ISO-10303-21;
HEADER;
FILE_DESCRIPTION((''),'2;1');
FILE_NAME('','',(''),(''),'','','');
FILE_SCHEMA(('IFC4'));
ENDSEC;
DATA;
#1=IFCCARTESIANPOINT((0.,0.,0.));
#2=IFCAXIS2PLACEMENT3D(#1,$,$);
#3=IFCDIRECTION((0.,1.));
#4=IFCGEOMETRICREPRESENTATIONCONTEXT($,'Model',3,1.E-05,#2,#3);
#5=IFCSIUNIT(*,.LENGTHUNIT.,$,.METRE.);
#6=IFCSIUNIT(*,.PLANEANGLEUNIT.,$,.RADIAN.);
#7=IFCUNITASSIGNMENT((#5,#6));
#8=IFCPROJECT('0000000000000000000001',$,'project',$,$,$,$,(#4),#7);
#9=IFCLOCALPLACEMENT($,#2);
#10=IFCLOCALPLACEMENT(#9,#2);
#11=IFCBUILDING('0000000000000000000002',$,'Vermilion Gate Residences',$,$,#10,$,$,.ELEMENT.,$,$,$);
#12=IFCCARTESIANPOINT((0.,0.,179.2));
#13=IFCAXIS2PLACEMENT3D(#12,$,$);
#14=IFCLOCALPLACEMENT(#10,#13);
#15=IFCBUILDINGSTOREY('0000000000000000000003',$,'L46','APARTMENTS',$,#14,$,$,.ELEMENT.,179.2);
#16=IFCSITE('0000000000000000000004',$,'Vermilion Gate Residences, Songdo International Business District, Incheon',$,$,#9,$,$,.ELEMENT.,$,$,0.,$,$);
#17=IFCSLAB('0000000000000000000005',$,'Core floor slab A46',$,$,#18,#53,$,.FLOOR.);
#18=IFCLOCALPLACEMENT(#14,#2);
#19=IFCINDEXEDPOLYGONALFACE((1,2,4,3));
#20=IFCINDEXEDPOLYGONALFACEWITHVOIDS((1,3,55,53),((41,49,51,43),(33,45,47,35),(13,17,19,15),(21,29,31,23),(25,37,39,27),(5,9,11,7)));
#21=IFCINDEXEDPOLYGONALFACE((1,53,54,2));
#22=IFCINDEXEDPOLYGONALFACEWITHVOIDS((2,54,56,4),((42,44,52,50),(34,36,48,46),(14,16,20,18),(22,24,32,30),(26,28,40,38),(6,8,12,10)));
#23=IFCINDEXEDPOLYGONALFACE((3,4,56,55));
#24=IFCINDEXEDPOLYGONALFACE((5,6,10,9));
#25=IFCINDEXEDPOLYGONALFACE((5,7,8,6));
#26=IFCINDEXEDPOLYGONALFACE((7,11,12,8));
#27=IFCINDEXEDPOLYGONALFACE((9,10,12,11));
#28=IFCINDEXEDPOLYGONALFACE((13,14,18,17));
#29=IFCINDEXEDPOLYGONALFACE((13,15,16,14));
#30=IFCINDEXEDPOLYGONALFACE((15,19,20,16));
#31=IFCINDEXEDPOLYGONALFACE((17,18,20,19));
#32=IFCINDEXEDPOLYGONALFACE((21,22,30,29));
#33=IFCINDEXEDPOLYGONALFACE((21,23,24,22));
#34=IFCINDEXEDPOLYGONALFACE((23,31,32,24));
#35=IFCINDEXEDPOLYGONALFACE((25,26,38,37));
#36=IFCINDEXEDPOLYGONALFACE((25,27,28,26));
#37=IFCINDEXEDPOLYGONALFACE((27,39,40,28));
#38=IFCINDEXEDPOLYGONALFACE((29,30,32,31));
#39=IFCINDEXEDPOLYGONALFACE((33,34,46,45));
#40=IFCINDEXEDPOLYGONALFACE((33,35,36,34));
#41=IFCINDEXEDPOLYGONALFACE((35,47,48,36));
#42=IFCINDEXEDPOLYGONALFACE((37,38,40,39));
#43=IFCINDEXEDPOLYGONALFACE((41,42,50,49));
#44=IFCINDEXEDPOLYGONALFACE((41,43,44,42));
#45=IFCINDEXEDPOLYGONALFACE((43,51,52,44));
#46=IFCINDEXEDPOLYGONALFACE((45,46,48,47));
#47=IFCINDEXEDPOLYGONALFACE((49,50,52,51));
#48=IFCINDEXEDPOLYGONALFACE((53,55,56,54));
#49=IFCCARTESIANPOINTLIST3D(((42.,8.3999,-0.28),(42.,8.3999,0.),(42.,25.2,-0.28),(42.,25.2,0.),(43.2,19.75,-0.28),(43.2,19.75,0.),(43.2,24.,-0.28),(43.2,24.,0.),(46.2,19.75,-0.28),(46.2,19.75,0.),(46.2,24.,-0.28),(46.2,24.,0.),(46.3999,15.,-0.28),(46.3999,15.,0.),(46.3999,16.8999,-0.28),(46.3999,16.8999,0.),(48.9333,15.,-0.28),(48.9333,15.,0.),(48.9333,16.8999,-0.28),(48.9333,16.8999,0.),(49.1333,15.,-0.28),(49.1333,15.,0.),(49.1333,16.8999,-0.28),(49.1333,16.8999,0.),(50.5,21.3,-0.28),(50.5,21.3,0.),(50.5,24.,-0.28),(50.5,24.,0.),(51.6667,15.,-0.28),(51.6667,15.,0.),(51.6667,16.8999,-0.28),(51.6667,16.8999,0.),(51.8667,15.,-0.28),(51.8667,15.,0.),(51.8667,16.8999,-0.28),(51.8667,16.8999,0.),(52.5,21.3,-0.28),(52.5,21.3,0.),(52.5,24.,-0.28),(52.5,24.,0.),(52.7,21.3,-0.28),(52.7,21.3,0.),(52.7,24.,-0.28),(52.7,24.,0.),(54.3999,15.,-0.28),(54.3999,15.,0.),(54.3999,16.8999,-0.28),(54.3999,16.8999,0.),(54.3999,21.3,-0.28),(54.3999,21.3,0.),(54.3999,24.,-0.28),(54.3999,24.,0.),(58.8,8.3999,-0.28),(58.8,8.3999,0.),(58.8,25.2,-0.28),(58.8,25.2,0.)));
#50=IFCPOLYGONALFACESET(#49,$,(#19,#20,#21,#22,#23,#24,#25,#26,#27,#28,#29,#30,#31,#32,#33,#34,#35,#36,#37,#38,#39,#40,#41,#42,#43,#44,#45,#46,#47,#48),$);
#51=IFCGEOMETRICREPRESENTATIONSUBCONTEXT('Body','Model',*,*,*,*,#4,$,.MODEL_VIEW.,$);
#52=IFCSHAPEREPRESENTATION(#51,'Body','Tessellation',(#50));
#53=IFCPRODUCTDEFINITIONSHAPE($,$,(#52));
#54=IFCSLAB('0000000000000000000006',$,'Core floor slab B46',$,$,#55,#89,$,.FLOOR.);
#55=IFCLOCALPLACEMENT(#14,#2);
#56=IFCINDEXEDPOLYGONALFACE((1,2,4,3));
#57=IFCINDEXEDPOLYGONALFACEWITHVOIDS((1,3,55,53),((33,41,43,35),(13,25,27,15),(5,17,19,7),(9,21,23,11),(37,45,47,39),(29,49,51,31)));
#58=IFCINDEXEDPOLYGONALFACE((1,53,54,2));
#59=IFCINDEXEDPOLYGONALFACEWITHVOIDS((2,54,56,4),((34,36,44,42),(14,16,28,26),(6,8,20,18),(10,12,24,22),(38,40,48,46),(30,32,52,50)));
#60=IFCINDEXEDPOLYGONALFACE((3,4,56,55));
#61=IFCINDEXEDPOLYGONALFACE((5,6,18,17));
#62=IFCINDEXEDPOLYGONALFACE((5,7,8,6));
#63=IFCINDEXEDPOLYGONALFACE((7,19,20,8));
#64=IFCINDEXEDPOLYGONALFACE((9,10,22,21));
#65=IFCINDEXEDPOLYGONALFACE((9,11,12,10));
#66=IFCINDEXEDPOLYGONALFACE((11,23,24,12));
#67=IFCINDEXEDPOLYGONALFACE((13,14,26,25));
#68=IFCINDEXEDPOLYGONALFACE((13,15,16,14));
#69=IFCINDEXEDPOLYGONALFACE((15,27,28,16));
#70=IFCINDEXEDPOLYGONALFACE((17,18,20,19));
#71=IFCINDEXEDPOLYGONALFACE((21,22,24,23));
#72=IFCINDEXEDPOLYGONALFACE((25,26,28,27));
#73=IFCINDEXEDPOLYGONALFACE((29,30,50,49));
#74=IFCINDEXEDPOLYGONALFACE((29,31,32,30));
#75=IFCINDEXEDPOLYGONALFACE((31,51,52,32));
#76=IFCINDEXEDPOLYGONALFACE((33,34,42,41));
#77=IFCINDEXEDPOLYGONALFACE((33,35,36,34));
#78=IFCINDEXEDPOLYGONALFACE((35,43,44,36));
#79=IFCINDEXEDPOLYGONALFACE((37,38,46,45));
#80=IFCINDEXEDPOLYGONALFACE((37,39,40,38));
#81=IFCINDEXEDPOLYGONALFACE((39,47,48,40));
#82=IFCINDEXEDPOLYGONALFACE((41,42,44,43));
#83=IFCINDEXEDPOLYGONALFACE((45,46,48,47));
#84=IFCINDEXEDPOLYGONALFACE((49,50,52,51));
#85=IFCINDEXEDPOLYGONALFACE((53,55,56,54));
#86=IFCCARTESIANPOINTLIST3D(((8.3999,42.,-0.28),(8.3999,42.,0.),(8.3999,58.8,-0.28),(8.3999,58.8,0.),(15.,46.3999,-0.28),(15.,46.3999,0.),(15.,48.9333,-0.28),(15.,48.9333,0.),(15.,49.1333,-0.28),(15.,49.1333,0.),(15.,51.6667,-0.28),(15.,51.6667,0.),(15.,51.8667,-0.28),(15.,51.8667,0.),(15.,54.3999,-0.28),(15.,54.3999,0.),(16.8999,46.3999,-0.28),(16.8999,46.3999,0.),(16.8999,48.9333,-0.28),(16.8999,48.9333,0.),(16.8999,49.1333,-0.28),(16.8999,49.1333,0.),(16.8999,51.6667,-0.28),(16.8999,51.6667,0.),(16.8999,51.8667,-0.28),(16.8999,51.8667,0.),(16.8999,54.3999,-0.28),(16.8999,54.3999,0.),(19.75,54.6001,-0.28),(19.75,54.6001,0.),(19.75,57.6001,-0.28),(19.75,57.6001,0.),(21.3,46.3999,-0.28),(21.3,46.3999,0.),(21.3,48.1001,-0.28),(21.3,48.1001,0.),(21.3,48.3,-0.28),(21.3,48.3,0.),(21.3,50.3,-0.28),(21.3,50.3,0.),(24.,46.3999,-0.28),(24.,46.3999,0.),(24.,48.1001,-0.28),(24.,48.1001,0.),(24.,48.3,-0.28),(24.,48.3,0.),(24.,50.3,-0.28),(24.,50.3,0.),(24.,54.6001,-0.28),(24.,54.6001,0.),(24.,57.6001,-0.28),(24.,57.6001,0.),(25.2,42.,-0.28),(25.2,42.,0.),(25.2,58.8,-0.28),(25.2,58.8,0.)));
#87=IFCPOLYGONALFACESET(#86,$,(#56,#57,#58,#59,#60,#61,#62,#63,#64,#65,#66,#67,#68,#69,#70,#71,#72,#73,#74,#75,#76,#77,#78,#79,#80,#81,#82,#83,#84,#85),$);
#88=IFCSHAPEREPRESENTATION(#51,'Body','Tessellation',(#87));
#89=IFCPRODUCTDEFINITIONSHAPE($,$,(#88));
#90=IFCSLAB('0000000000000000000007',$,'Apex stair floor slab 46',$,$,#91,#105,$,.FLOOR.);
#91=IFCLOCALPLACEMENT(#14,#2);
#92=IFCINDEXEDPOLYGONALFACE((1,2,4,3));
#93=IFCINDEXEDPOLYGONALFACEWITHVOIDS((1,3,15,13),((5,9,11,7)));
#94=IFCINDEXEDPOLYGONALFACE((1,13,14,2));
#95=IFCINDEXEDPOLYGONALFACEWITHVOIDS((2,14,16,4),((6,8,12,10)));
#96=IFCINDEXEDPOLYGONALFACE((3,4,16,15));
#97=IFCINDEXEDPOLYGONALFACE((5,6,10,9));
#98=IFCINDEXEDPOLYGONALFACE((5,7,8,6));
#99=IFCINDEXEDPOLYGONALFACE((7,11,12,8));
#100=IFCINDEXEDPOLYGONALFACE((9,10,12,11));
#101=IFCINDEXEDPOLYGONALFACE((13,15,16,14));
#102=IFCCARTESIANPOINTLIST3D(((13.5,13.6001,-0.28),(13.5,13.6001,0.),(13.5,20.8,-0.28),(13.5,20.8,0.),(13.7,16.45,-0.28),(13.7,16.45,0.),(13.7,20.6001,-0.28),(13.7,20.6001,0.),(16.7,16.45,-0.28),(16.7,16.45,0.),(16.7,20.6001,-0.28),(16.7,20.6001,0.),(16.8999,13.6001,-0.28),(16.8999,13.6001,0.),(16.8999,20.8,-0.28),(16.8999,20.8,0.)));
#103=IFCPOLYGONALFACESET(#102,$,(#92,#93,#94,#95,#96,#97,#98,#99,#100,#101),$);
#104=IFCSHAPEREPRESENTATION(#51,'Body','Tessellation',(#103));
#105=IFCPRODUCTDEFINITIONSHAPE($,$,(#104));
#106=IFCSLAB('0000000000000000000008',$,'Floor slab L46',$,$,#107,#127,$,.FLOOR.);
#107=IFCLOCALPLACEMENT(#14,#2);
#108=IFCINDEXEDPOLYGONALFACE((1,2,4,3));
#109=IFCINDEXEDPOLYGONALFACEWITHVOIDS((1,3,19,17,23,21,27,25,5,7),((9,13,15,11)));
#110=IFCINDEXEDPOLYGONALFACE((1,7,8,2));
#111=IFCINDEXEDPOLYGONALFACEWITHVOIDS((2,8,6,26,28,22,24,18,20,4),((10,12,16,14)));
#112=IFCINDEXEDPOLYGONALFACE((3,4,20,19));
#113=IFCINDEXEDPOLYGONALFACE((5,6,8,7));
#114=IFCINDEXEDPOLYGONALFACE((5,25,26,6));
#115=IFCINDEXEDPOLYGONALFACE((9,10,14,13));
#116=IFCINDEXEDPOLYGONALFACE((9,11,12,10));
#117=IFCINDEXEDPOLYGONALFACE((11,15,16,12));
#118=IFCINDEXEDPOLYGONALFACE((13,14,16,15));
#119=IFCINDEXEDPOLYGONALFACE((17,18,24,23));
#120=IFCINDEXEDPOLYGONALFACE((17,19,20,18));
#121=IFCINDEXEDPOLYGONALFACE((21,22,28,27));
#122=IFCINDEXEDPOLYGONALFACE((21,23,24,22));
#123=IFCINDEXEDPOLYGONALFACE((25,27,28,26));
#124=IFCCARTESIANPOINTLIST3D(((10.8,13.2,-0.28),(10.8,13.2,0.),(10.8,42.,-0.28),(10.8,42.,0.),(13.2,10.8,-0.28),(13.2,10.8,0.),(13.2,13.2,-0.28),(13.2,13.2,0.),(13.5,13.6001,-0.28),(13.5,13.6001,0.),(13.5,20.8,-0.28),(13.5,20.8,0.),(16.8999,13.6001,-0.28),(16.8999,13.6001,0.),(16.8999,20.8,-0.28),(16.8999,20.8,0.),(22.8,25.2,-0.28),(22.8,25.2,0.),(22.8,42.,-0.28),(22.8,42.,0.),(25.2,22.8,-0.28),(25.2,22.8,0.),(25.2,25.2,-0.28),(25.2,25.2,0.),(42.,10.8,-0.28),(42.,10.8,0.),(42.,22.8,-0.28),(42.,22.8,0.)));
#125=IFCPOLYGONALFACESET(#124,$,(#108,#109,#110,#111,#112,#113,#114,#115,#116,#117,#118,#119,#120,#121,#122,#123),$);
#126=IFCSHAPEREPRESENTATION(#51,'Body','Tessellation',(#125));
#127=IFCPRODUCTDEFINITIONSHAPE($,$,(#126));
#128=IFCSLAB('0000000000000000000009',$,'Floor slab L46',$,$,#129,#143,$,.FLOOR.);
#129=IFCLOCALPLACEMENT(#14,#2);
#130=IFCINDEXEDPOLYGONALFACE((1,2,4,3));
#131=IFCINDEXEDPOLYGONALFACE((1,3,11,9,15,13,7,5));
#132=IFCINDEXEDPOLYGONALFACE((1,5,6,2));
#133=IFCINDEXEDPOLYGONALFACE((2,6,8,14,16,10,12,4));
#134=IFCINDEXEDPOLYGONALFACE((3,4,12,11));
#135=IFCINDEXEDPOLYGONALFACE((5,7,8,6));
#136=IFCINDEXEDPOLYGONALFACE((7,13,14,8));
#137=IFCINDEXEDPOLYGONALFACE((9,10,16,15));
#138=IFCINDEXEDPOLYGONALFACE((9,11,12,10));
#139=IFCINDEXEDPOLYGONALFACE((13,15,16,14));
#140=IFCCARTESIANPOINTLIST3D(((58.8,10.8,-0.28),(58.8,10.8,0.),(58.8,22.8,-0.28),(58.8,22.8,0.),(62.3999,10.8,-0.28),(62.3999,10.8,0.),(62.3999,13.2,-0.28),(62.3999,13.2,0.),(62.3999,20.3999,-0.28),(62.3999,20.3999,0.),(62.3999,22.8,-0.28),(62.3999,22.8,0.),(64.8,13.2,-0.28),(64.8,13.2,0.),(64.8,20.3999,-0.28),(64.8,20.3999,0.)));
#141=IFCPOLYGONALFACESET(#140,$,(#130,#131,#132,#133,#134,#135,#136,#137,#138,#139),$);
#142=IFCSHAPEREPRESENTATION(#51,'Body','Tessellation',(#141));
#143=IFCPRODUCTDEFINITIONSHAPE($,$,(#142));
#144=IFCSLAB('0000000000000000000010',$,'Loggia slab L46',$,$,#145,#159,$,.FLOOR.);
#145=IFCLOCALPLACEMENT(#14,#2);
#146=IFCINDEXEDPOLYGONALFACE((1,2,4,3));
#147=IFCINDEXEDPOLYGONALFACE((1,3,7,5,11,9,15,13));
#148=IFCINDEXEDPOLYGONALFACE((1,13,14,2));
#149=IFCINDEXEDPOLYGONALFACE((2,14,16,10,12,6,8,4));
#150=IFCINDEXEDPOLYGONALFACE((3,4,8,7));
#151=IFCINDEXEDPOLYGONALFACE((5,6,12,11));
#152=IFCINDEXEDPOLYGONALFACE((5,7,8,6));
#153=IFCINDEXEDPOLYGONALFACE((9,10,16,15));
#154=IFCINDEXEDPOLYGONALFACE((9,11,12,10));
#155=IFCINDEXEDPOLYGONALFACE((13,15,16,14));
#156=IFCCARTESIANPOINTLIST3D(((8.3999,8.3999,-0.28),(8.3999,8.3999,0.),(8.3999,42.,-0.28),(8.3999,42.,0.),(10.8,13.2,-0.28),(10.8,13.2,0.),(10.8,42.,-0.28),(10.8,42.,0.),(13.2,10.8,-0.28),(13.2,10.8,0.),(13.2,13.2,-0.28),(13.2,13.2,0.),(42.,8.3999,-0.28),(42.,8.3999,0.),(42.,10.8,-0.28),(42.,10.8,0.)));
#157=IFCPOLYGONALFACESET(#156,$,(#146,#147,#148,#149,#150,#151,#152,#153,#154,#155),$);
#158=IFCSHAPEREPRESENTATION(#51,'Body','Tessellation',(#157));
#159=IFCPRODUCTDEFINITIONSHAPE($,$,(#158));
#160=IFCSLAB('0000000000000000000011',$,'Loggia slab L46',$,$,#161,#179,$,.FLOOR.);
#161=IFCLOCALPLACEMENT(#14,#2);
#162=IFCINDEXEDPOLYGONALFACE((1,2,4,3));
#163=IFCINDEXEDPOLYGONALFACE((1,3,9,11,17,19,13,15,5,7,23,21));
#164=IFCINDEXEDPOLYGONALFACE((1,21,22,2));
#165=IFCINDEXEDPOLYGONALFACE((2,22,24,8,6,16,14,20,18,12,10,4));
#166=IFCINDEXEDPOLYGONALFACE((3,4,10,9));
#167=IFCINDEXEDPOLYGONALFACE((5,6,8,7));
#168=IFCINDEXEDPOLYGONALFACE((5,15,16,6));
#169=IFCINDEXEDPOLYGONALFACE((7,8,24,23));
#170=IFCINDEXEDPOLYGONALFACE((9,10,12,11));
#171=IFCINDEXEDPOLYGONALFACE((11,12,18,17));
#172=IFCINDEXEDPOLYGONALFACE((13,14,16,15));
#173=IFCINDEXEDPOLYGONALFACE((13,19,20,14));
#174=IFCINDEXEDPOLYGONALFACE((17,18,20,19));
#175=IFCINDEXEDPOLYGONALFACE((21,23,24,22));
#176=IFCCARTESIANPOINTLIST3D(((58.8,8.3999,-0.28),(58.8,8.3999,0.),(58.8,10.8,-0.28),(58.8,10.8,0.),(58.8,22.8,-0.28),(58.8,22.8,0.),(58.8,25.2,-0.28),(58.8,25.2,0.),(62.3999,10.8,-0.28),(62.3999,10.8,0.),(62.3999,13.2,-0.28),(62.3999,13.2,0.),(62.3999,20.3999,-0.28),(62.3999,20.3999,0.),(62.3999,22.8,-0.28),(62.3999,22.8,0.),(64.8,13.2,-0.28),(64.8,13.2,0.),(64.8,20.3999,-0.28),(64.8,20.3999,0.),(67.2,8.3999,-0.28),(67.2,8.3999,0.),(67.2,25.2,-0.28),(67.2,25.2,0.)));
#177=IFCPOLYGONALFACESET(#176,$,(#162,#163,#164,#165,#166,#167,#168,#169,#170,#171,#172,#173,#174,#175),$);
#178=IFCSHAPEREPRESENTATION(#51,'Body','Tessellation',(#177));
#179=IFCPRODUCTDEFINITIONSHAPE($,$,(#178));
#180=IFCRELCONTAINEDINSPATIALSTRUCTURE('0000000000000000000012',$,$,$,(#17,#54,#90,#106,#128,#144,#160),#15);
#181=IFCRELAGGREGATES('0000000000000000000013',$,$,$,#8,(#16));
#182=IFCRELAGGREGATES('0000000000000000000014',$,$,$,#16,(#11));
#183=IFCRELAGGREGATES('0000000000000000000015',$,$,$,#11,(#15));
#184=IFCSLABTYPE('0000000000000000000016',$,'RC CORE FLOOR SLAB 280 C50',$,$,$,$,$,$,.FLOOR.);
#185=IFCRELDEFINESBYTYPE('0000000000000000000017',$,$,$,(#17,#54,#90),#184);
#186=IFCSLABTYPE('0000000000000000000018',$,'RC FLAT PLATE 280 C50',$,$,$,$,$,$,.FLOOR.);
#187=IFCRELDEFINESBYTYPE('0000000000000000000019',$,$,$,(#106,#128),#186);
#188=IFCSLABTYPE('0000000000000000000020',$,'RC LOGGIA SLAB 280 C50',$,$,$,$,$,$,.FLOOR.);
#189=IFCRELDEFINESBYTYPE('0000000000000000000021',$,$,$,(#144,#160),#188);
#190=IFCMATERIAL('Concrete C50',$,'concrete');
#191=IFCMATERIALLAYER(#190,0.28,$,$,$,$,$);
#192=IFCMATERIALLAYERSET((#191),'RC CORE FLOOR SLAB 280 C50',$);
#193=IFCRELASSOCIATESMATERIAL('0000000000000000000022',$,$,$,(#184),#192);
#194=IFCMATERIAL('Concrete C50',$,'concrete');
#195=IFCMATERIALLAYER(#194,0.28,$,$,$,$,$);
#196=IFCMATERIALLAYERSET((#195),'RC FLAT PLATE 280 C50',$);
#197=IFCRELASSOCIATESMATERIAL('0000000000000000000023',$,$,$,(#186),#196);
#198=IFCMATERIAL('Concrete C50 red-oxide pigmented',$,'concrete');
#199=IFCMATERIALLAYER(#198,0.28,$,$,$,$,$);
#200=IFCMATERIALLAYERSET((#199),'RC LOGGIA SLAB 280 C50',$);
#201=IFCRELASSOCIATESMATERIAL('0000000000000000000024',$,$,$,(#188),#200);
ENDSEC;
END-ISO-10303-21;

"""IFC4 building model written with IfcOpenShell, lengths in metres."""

from ifc_helpers import new_model, si_unit, direction, frame, origin, place, context, subcontext, project, spatial, polyline, outline, extrude, material, layer, layer_set, type_object, element, save


model = new_model("IFC4")

# Units and contexts
model_context = context("Model", 3, precision=1e-05, world=origin(), true_north=direction((0.0, 1.0)))
body_context = subcontext(model_context, "Body", "Model", "MODEL_VIEW")
ifc_project = project(units=[si_unit("LENGTHUNIT", "METRE"), si_unit("PLANEANGLEUNIT", "RADIAN")], contexts=[model_context])

# Site, building, storey
site_placement = place(None, origin())
site = spatial("IfcSite", under=ifc_project, at=site_placement, Name="Vermilion Gate Residences, Songdo International Business District, Incheon", CompositionType="ELEMENT", RefElevation=0.0)
building_placement = place(site_placement, origin())
building = spatial("IfcBuilding", under=site, at=building_placement, Name="Vermilion Gate Residences", CompositionType="ELEMENT")
storey_placement = place(building_placement, frame((0.0, 0.0, 179.2)))
storey = spatial("IfcBuildingStorey", under=building, at=storey_placement, Name="L46", Description="APARTMENTS", CompositionType="ELEMENT", Elevation=179.2)

# Slabs
ifc_material_1 = material(Name="Concrete C50", Category="concrete")
ifc_layer_1 = layer(ifc_material_1, 0.28)
ifc_layer_set_1 = layer_set([ifc_layer_1], Name="RC CORE FLOOR SLAB 280 C50")
slab_type_1 = type_object("IfcSlabType", Name="RC CORE FLOOR SLAB 280 C50", PredefinedType="FLOOR", material=ifc_layer_set_1)
slab_1_placement = place(storey_placement, frame((0.0, 0.0, -0.28)))
element("IfcSlab", 1, at=slab_1_placement, inside=storey, type_object=slab_type_1, Name="Core floor slab A46", PredefinedType="FLOOR", context=body_context, shape_type="SweptSolid", body=[
    extrude(outline(polyline([(42.0, 8.3999), (58.8, 8.3999), (58.8, 25.2), (42.0, 25.2), (42.0, 8.3999)]), holes=[polyline([(46.3999, 15.0), (46.3999, 16.8999), (48.9333, 16.8999), (48.9333, 15.0), (46.3999, 15.0)]), polyline([(49.1333, 16.8999), (51.6667, 16.8999), (51.6667, 15.0), (49.1333, 15.0), (49.1333, 16.8999)]), polyline([(51.8667, 16.8999), (54.3999, 16.8999), (54.3999, 15.0), (51.8667, 15.0), (51.8667, 16.8999)]), polyline([(43.2, 19.75), (43.2, 24.0), (46.2, 24.0), (46.2, 19.75), (43.2, 19.75)]), polyline([(50.5, 24.0), (52.5, 24.0), (52.5, 21.3), (50.5, 21.3), (50.5, 24.0)]), polyline([(52.7, 24.0), (54.3999, 24.0), (54.3999, 21.3), (52.7, 21.3), (52.7, 24.0)])]), origin(), (0.0, 0.0, 1.0), 0.28),
])
slab_2_placement = place(storey_placement, frame((0.0, 0.0, -0.28)))
element("IfcSlab", 2, at=slab_2_placement, inside=storey, type_object=slab_type_1, Name="Core floor slab B46", PredefinedType="FLOOR", context=body_context, shape_type="SweptSolid", body=[
    extrude(outline(polyline([(8.3999, 42.0), (25.2, 42.0), (25.2, 58.8), (8.3999, 58.8), (8.3999, 42.0)]), holes=[polyline([(21.3, 46.3999), (21.3, 48.1001), (24.0, 48.1001), (24.0, 46.3999), (21.3, 46.3999)]), polyline([(15.0, 48.9333), (16.8999, 48.9333), (16.8999, 46.3999), (15.0, 46.3999), (15.0, 48.9333)]), polyline([(21.3, 50.3), (24.0, 50.3), (24.0, 48.3), (21.3, 48.3), (21.3, 50.3)]), polyline([(15.0, 49.1333), (15.0, 51.6667), (16.8999, 51.6667), (16.8999, 49.1333), (15.0, 49.1333)]), polyline([(15.0, 54.3999), (16.8999, 54.3999), (16.8999, 51.8667), (15.0, 51.8667), (15.0, 54.3999)]), polyline([(19.75, 57.6001), (24.0, 57.6001), (24.0, 54.6001), (19.75, 54.6001), (19.75, 57.6001)])]), origin(), (0.0, 0.0, 1.0), 0.28),
])
slab_3_placement = place(storey_placement, frame((0.0, 0.0, -0.28)))
element("IfcSlab", 3, at=slab_3_placement, inside=storey, type_object=slab_type_1, Name="Apex stair floor slab 46", PredefinedType="FLOOR", context=body_context, shape_type="SweptSolid", body=[
    extrude(outline(polyline([(13.5, 13.6001), (16.8999, 13.6001), (16.8999, 20.8), (13.5, 20.8), (13.5, 13.6001)]), holes=[polyline([(16.7, 20.6001), (16.7, 16.45), (13.7, 16.45), (13.7, 20.6001), (16.7, 20.6001)])]), origin(), (0.0, 0.0, 1.0), 0.28),
])
ifc_material_2 = material(Name="Concrete C50", Category="concrete")
ifc_layer_2 = layer(ifc_material_2, 0.28)
ifc_layer_set_2 = layer_set([ifc_layer_2], Name="RC FLAT PLATE 280 C50")
slab_type_2 = type_object("IfcSlabType", Name="RC FLAT PLATE 280 C50", PredefinedType="FLOOR", material=ifc_layer_set_2)
slab_4_placement = place(storey_placement, frame((0.0, 0.0, -0.28)))
element("IfcSlab", 4, at=slab_4_placement, inside=storey, type_object=slab_type_2, Name="Floor slab L46", PredefinedType="FLOOR", context=body_context, shape_type="SweptSolid", body=[
    extrude(outline(polyline([(22.8, 25.2), (22.8, 42.0), (10.8, 42.0), (10.8, 13.2), (13.2, 13.2), (13.2, 10.8), (42.0, 10.8), (42.0, 22.8), (25.2, 22.8), (25.2, 25.2), (22.8, 25.2)]), holes=[polyline([(13.5, 13.6001), (13.5, 20.8), (16.8999, 20.8), (16.8999, 13.6001), (13.5, 13.6001)])]), origin(), (0.0, 0.0, 1.0), 0.28),
])
slab_5_placement = place(storey_placement, frame((0.0, 0.0, -0.28)))
element("IfcSlab", 5, at=slab_5_placement, inside=storey, type_object=slab_type_2, Name="Floor slab L46", PredefinedType="FLOOR", context=body_context, shape_type="SweptSolid", body=[
    extrude(outline(polyline([(58.8, 22.8), (58.8, 10.8), (62.3999, 10.8), (62.3999, 13.2), (64.8, 13.2), (64.8, 20.3999), (62.3999, 20.3999), (62.3999, 22.8), (58.8, 22.8)])), origin(), (0.0, 0.0, 1.0), 0.28),
])
ifc_material_3 = material(Name="Concrete C50 red-oxide pigmented", Category="concrete")
ifc_layer_3 = layer(ifc_material_3, 0.28)
ifc_layer_set_3 = layer_set([ifc_layer_3], Name="RC LOGGIA SLAB 280 C50")
slab_type_3 = type_object("IfcSlabType", Name="RC LOGGIA SLAB 280 C50", PredefinedType="FLOOR", material=ifc_layer_set_3)
slab_6_placement = place(storey_placement, frame((0.0, 0.0, -0.28)))
element("IfcSlab", 6, at=slab_6_placement, inside=storey, type_object=slab_type_3, Name="Loggia slab L46", PredefinedType="FLOOR", context=body_context, shape_type="SweptSolid", body=[
    extrude(outline(polyline([(8.3999, 42.0), (8.3999, 8.3999), (42.0, 8.3999), (42.0, 10.8), (13.2, 10.8), (13.2, 13.2), (10.8, 13.2), (10.8, 42.0), (8.3999, 42.0)])), origin(), (0.0, 0.0, 1.0), 0.28),
])
slab_7_placement = place(storey_placement, frame((0.0, 0.0, -0.28)))
element("IfcSlab", 7, at=slab_7_placement, inside=storey, type_object=slab_type_3, Name="Loggia slab L46", PredefinedType="FLOOR", context=body_context, shape_type="SweptSolid", body=[
    extrude(outline(polyline([(64.8, 13.2), (62.3999, 13.2), (62.3999, 10.8), (58.8, 10.8), (58.8, 8.3999), (67.2, 8.3999), (67.2, 25.2), (58.8, 25.2), (58.8, 22.8), (62.3999, 22.8), (62.3999, 20.3999), (64.8, 20.3999), (64.8, 13.2)])), origin(), (0.0, 0.0, 1.0), 0.28),
])

save(model, "model.ifc")
